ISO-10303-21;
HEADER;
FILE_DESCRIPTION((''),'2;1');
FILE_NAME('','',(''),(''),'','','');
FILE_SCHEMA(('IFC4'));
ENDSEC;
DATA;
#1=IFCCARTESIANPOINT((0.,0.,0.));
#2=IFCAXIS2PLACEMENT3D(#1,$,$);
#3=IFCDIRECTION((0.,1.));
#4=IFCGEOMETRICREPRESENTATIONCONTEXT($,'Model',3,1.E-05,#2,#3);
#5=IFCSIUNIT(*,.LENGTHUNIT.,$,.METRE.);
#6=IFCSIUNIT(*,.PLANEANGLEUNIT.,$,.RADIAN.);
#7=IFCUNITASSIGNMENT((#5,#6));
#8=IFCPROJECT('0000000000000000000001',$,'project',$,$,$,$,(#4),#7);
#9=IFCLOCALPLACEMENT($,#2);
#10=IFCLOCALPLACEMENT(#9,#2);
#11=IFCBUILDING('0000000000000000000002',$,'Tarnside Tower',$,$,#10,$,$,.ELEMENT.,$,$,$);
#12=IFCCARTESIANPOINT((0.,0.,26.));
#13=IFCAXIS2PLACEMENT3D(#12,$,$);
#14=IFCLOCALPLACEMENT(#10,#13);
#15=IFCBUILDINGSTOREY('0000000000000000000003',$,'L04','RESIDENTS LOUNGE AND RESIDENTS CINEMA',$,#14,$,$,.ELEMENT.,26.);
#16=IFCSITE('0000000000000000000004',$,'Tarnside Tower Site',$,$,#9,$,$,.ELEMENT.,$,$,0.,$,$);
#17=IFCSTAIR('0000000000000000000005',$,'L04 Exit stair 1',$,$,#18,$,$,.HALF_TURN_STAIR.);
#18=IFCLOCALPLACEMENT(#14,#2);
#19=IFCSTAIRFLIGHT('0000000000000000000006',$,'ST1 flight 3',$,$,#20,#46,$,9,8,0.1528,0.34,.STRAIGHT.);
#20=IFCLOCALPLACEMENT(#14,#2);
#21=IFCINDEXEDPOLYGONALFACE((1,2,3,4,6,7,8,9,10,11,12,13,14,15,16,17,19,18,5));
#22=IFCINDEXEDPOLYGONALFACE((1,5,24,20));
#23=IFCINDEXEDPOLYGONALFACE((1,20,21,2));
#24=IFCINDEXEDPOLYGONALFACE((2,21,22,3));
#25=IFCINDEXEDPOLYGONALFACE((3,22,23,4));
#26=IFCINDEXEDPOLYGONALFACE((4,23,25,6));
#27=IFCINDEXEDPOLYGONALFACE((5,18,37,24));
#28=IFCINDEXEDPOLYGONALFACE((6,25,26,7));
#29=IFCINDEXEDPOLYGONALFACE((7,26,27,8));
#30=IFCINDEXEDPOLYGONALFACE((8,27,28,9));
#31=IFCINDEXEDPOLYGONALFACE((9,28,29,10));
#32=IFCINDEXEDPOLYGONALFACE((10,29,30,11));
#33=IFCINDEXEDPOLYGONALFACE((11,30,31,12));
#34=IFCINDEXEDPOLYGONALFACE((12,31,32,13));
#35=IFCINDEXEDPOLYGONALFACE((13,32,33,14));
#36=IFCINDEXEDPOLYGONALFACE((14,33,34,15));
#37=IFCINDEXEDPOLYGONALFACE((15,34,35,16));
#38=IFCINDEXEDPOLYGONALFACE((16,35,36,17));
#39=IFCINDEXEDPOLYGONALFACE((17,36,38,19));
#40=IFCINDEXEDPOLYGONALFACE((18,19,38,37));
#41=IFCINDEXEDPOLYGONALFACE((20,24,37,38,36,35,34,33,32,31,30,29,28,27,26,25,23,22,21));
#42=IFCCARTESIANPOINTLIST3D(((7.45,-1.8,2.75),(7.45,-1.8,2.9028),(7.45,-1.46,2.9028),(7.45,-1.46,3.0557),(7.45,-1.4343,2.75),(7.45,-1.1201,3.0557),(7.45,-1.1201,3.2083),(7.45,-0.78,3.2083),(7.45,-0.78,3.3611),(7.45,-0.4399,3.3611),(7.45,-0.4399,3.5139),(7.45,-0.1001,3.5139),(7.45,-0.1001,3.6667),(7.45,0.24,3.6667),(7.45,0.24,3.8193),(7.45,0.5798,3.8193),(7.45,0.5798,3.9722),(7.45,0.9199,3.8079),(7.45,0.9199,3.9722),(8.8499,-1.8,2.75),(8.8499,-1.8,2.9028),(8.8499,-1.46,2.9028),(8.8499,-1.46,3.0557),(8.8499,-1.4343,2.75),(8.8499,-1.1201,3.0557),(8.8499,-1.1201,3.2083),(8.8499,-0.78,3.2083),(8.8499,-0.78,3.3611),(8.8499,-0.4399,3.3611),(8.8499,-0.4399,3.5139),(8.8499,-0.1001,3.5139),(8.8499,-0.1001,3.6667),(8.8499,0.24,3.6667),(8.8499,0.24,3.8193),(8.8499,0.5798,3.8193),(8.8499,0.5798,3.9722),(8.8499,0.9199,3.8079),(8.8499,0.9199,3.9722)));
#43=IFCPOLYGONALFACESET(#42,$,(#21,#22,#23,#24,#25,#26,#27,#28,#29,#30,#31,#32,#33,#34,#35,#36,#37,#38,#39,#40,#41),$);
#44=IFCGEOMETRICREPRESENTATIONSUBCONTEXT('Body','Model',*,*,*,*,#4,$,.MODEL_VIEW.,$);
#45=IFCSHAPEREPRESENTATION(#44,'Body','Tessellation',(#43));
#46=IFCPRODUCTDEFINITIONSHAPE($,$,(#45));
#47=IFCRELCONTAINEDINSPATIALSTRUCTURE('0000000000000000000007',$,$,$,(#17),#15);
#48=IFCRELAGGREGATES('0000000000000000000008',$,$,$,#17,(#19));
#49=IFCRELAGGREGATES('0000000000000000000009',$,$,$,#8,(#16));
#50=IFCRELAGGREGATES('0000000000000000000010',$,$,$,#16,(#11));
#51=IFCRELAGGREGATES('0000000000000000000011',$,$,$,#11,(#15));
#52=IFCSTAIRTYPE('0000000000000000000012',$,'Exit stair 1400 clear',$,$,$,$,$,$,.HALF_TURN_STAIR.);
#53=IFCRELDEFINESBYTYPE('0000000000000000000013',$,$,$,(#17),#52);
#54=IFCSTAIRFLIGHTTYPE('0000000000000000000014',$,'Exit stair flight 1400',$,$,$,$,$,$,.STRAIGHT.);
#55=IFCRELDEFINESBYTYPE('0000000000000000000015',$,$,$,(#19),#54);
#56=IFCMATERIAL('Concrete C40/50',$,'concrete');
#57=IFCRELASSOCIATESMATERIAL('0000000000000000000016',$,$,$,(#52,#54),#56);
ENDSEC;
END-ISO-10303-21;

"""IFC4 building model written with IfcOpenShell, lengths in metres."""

from ifc_helpers import new_model, si_unit, direction, frame, origin, place, context, subcontext, project, spatial, polyline, outline, extrude, material, type_object, element, aggregate, save


model = new_model("IFC4")

# Units and contexts
model_context = context("Model", 3, precision=1e-05, world=origin(), true_north=direction((0.0, 1.0)))
body_context = subcontext(model_context, "Body", "Model", "MODEL_VIEW")
ifc_project = project(units=[si_unit("LENGTHUNIT", "METRE"), si_unit("PLANEANGLEUNIT", "RADIAN")], contexts=[model_context])

# Site, building, storey
site_placement = place(None, origin())
site = spatial("IfcSite", under=ifc_project, at=site_placement, Name="Tarnside Tower Site", CompositionType="ELEMENT", RefElevation=0.0)
building_placement = place(site_placement, origin())
building = spatial("IfcBuilding", under=site, at=building_placement, Name="Tarnside Tower", CompositionType="ELEMENT")
storey_placement = place(building_placement, frame((0.0, 0.0, 26.0)))
storey = spatial("IfcBuildingStorey", under=building, at=storey_placement, Name="L04", Description="RESIDENTS LOUNGE AND RESIDENTS CINEMA", CompositionType="ELEMENT", Elevation=26.0)

# Shared definitions
ifc_material_1 = material(Name="Concrete C40/50", Category="concrete")

# Stair, stair flight
stair_type = type_object("IfcStairType", Name="Exit stair 1400 clear", PredefinedType="HALF_TURN_STAIR", material=ifc_material_1)
stair_placement = place(storey_placement, origin())
stair = element("IfcStair", 1, at=stair_placement, inside=storey, type_object=stair_type, Name="L04 Exit stair 1", PredefinedType="HALF_TURN_STAIR")
stair_flight_type = type_object("IfcStairFlightType", Name="Exit stair flight 1400", PredefinedType="STRAIGHT", material=ifc_material_1)
stair_flight_1_placement = place(storey_placement, frame((8.1499, -1.8, 2.75), z_axis=(0.0, 0.0, 1.0), x_axis=(0.0, 1.0, 0.0)))
stair_flight_1 = element("IfcStairFlight", 2, at=stair_flight_1_placement, type_object=stair_flight_type, Name="ST1 flight 3", NumberOfRisers=9, NumberOfTreads=8, PredefinedType="STRAIGHT", RiserHeight=0.1528, TreadLength=0.34, context=body_context, shape_type="SweptSolid", body=[
    extrude(outline(polyline([(0.0, 0.0), (0.0, 0.1528), (0.3401, 0.1528), (0.3401, 0.3057), (0.6799, 0.3057), (0.6799, 0.4583), (1.02, 0.4583), (1.02, 0.6111), (1.3601, 0.6111), (1.3601, 0.7639), (1.7, 0.7639), (1.7, 0.9167), (2.04, 0.9167), (2.04, 1.0693), (2.3799, 1.0693), (2.3799, 1.2222), (2.72, 1.2222), (2.72, 1.375), (2.72, 1.0579), (0.3657, 0.0), (0.0, 0.0)])), frame((0.0, 0.7, 0.0), z_axis=(0.0, -1.0, 0.0), x_axis=(1.0, 0.0, 0.0)), (0.0, 0.0, 1.0), 1.3999),
])
aggregate(stair, [stair_flight_1])

save(model, "model.ifc")
